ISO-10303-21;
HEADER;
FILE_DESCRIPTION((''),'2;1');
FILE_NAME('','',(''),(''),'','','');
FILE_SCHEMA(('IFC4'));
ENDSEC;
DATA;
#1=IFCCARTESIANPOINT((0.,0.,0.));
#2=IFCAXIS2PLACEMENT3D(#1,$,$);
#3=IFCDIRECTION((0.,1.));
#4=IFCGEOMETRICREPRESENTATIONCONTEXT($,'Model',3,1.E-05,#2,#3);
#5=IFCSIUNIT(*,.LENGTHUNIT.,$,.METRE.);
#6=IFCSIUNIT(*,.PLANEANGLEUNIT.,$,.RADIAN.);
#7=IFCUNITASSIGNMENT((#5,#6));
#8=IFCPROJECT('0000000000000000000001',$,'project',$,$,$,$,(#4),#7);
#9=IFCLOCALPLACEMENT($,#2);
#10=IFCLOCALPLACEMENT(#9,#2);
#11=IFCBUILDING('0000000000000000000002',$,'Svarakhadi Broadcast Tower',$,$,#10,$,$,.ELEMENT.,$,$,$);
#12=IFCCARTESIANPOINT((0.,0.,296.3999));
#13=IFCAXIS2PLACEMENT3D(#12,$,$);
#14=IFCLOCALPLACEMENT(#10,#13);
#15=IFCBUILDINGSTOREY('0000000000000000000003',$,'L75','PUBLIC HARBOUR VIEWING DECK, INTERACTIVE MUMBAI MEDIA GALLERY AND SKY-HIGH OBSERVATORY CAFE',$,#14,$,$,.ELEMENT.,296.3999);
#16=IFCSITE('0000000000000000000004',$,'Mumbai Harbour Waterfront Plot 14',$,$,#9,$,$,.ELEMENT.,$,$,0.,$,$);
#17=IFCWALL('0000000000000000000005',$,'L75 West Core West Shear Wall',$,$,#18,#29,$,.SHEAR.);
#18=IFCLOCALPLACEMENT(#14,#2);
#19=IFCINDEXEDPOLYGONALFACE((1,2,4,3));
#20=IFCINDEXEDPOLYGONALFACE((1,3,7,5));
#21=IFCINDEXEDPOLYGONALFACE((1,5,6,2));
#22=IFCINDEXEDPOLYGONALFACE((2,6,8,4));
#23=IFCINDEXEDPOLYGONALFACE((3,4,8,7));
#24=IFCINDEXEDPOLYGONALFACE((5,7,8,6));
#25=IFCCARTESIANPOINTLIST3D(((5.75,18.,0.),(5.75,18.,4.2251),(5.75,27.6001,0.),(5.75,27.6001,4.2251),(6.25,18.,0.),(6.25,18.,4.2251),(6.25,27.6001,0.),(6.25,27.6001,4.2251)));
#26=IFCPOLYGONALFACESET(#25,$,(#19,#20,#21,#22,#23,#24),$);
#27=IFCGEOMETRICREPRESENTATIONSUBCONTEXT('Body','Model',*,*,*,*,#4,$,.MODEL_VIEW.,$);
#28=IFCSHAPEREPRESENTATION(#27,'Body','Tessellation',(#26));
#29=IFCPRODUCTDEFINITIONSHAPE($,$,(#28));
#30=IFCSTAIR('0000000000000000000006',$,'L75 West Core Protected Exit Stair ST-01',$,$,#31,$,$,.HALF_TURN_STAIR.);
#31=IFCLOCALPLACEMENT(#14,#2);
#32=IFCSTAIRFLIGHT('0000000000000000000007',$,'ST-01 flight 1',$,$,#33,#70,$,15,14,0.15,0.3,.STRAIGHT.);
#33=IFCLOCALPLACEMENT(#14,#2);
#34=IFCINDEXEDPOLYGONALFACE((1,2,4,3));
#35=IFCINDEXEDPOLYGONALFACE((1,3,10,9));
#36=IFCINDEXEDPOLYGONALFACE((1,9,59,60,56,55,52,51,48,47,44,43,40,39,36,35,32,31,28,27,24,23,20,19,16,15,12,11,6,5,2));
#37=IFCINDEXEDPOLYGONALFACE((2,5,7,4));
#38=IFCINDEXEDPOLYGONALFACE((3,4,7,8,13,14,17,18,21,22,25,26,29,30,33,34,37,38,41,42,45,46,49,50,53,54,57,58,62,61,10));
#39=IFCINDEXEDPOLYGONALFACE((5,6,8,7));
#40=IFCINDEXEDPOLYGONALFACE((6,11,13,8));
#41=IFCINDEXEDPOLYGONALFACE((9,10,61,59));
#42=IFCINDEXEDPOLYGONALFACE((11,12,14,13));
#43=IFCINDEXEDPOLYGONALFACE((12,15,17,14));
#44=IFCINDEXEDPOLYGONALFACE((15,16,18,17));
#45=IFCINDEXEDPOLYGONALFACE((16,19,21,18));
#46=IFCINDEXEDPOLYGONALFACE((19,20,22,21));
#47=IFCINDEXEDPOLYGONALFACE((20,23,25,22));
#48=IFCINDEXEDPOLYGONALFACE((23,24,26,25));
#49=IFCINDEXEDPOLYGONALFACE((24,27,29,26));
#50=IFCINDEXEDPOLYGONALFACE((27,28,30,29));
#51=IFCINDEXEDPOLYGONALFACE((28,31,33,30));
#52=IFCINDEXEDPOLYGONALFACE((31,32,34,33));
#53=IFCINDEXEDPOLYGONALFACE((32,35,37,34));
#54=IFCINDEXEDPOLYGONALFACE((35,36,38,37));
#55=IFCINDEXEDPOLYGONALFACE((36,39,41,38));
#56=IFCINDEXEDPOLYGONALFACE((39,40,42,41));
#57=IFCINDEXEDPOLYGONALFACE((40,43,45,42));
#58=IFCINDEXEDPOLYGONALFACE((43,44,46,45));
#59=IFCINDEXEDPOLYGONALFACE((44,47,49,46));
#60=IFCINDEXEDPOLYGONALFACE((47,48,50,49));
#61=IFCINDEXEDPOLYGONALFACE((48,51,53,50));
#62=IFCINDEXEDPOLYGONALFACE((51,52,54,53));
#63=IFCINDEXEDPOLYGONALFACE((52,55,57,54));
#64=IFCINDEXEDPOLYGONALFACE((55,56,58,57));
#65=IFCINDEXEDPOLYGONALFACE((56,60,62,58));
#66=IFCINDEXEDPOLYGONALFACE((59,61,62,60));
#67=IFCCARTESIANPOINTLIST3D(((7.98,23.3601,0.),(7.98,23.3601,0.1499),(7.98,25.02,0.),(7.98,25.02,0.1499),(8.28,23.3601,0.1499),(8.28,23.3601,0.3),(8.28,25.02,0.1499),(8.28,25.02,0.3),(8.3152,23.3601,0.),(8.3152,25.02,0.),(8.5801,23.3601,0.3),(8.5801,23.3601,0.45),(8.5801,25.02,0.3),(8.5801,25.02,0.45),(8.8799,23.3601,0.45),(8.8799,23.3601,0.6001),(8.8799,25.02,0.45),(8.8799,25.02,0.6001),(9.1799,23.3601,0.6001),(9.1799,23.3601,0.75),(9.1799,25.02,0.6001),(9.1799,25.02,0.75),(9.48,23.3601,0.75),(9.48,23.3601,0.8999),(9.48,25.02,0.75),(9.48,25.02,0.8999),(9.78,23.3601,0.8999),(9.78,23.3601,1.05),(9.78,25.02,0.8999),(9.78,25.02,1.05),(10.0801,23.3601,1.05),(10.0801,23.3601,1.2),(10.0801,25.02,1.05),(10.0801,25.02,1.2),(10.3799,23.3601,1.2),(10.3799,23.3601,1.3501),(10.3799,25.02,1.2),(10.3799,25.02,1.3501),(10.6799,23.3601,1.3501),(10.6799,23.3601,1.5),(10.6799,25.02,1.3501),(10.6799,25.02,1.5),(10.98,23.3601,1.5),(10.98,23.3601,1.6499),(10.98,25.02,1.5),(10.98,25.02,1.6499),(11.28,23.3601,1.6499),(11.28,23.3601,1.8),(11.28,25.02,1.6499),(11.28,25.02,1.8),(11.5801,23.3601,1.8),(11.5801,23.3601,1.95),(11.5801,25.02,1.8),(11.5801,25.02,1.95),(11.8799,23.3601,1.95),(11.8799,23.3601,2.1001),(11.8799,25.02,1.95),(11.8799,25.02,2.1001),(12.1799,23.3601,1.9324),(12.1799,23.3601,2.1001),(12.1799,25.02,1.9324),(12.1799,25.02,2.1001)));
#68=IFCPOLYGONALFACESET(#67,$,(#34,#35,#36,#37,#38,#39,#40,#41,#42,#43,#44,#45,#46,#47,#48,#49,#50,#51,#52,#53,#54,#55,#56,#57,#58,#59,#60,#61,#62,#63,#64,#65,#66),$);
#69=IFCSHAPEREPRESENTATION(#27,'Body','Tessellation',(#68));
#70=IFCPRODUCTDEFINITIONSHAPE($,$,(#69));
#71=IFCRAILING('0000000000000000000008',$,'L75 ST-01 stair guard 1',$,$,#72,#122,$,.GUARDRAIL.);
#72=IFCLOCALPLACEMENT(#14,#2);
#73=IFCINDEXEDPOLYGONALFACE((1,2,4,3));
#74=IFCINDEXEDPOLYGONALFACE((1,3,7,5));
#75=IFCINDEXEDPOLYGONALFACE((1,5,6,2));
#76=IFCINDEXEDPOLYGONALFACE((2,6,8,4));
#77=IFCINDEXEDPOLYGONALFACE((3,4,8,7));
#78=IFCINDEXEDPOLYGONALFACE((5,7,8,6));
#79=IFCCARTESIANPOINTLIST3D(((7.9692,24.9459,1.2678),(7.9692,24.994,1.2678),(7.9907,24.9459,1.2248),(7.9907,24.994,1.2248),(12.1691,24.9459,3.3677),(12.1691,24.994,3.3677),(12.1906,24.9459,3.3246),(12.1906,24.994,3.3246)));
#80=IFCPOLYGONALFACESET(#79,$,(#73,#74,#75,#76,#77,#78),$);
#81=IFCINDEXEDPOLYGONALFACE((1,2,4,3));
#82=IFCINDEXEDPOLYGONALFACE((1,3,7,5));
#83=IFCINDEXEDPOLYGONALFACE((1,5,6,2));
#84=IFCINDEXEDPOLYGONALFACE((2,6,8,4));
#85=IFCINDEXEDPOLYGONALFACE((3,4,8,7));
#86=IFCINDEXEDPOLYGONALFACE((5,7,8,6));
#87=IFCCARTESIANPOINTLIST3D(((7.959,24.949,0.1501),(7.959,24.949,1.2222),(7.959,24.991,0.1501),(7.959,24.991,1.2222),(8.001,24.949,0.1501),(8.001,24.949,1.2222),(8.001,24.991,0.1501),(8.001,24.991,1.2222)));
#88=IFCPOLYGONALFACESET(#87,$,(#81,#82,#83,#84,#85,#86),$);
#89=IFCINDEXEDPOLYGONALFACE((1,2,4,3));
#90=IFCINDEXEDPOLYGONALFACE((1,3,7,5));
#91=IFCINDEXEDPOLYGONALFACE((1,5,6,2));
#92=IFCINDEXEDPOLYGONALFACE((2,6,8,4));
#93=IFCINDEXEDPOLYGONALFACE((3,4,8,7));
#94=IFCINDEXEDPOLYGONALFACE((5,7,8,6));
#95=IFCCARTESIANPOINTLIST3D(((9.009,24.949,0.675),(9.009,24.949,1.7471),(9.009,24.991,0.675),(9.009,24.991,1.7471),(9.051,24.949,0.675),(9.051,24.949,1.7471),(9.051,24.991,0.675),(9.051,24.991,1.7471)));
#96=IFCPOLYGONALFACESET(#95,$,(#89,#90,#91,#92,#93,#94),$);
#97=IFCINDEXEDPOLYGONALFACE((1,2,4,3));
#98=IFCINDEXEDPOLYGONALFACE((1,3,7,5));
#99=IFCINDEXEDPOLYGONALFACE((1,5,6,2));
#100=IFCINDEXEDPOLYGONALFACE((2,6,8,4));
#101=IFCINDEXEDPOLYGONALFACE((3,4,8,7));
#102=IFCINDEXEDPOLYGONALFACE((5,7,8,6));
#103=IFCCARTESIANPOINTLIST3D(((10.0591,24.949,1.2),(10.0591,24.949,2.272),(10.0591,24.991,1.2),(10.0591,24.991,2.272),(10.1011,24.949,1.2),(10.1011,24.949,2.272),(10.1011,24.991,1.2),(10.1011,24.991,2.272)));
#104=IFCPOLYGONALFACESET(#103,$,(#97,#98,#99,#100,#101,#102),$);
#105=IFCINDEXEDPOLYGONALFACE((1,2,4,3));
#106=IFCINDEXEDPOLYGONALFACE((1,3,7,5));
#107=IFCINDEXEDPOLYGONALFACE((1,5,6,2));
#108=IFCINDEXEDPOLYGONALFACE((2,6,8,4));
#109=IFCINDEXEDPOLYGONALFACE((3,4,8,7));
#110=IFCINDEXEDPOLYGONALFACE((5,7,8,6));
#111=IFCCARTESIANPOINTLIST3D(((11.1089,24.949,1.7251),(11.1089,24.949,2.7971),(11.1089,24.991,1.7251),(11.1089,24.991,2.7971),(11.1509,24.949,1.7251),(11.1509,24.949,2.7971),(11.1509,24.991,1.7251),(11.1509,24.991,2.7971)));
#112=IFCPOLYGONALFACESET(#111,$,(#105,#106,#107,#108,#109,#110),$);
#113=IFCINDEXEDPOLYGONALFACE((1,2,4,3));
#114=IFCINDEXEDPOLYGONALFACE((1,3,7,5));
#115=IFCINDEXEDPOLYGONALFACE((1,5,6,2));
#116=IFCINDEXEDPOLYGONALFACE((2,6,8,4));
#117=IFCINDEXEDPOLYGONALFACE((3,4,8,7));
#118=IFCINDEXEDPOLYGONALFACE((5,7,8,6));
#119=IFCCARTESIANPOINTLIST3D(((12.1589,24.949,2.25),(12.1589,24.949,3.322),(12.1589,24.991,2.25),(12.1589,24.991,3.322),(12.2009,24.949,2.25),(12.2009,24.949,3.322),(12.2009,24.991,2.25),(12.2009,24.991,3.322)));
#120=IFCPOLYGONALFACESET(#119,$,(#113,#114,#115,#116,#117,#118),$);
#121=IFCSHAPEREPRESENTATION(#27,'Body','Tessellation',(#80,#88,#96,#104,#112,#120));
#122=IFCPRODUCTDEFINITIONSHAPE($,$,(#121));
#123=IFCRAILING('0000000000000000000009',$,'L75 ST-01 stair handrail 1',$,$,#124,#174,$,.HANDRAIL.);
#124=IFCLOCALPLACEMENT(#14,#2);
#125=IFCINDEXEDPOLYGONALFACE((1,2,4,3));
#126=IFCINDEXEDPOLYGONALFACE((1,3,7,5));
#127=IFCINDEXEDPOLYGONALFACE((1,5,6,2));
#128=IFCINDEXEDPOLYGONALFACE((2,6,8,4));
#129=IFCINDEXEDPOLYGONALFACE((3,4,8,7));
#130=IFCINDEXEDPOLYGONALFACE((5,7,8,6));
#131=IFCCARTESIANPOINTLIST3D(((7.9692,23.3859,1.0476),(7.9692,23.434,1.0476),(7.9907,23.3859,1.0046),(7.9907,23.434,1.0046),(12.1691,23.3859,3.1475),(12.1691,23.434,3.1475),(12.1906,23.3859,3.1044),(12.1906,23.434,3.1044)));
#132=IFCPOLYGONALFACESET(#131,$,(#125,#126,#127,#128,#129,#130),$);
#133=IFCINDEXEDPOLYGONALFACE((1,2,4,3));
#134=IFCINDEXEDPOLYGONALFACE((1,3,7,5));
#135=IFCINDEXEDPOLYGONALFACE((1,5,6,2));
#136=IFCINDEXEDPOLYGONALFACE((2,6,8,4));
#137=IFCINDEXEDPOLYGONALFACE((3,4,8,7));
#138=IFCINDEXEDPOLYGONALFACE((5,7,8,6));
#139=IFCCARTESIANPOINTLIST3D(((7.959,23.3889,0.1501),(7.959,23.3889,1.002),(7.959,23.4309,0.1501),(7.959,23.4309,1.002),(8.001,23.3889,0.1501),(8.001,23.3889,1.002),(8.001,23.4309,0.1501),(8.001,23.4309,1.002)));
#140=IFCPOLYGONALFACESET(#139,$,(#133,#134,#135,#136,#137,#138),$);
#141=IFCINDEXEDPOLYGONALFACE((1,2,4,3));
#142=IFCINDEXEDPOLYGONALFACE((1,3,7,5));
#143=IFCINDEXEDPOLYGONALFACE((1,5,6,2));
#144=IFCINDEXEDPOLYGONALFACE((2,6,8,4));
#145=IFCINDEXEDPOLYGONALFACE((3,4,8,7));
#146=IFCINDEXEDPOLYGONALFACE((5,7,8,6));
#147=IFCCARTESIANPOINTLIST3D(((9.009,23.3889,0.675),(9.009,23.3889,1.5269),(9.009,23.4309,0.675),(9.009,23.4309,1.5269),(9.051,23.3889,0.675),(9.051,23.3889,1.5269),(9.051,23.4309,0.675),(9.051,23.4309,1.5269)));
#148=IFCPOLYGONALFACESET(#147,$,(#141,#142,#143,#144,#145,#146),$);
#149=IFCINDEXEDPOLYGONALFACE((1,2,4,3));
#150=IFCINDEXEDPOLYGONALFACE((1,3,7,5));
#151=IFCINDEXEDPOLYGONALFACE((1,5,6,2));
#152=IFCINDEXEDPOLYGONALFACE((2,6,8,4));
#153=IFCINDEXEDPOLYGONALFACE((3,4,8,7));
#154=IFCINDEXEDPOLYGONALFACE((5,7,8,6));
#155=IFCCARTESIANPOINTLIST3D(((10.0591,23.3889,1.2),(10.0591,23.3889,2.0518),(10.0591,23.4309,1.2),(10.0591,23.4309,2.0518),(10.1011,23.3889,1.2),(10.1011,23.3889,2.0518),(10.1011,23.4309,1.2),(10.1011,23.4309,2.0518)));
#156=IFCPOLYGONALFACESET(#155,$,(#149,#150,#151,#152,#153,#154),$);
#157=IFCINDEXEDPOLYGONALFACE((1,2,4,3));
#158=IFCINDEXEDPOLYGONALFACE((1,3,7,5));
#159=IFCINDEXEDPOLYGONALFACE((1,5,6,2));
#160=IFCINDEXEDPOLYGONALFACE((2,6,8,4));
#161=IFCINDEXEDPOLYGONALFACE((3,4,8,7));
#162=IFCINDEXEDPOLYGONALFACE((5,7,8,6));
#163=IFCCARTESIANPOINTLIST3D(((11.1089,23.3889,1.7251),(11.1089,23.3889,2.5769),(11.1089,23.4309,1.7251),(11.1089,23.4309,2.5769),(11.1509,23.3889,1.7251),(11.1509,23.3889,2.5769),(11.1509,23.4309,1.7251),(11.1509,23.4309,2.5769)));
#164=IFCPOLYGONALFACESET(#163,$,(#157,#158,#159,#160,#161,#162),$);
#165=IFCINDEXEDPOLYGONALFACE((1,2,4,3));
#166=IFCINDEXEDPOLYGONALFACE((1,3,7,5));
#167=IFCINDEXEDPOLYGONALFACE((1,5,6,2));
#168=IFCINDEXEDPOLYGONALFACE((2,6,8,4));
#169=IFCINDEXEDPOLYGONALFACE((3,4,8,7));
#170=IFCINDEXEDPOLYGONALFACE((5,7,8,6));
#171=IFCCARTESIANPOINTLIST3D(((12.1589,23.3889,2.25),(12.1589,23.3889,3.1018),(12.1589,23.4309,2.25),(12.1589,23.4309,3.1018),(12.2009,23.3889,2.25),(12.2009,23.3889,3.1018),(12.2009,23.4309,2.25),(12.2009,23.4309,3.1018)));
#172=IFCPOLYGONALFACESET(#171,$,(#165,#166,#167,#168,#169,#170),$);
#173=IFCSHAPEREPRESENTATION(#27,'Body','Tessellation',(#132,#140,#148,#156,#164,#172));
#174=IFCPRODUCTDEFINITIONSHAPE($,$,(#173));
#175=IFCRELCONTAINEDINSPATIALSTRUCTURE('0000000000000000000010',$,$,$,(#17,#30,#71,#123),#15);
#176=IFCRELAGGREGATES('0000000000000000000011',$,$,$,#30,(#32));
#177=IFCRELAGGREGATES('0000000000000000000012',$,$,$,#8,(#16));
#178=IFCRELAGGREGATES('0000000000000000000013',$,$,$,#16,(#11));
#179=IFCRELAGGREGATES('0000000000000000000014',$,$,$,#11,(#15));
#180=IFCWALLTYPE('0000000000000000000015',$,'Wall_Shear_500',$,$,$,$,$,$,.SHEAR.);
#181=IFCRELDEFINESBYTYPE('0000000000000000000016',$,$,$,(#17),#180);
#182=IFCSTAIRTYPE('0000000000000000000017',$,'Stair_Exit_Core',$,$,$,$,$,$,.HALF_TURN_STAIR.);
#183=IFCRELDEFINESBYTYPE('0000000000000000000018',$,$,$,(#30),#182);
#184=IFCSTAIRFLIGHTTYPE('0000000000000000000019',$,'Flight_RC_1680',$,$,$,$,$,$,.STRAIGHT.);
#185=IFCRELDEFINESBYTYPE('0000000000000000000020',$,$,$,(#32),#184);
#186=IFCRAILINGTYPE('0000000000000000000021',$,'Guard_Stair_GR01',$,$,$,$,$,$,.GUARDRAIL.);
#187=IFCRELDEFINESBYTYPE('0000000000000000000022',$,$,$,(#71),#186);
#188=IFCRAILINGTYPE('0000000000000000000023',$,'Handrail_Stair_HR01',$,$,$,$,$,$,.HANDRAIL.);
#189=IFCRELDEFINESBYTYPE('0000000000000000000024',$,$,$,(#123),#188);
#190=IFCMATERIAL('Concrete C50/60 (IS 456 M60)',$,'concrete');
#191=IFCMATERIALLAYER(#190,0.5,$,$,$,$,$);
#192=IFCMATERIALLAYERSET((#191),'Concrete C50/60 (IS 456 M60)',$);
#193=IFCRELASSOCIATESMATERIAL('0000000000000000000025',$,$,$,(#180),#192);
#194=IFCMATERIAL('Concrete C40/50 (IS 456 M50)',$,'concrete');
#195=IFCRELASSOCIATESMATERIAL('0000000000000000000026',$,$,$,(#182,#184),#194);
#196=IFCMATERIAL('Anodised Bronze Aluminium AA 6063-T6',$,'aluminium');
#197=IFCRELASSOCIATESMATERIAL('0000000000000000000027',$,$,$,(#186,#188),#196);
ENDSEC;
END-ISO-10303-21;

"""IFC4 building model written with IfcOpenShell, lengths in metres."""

from ifc_helpers import new_model, si_unit, direction, frame, frame_2d, origin, origin_2d, place, context, subcontext, project, spatial, polyline, rectangle, outline, extrude, material, layer, layer_set, type_object, element, aggregate, save


model = new_model("IFC4")

# Units and contexts
model_context = context("Model", 3, precision=1e-05, world=origin(), true_north=direction((0.0, 1.0)))
body_context = subcontext(model_context, "Body", "Model", "MODEL_VIEW")
ifc_project = project(units=[si_unit("LENGTHUNIT", "METRE"), si_unit("PLANEANGLEUNIT", "RADIAN")], contexts=[model_context])

# Site, building, storey
site_placement = place(None, origin())
site = spatial("IfcSite", under=ifc_project, at=site_placement, Name="Mumbai Harbour Waterfront Plot 14", CompositionType="ELEMENT", RefElevation=0.0)
building_placement = place(site_placement, origin())
building = spatial("IfcBuilding", under=site, at=building_placement, Name="Svarakhadi Broadcast Tower", CompositionType="ELEMENT")
storey_placement = place(building_placement, frame((0.0, 0.0, 296.3999)))
storey = spatial("IfcBuildingStorey", under=building, at=storey_placement, Name="L75", Description="PUBLIC HARBOUR VIEWING DECK, INTERACTIVE MUMBAI MEDIA GALLERY AND SKY-HIGH OBSERVATORY CAFE", CompositionType="ELEMENT", Elevation=296.3999)

# Shared definitions
ifc_material_1 = material(Name="Concrete C50/60 (IS 456 M60)", Category="concrete")

# Shared definitions
ifc_material_2 = material(Name="Concrete C40/50 (IS 456 M50)", Category="concrete")

# Shared definitions
ifc_layer_1 = layer(ifc_material_1, 0.5)
ifc_layer_set_1 = layer_set([ifc_layer_1], Name="Concrete C50/60 (IS 456 M60)")
wall_type_1 = type_object("IfcWallType", Name="Wall_Shear_500", PredefinedType="SHEAR", material=ifc_layer_set_1)
ifc_material_3 = material(Name="Anodised Bronze Aluminium AA 6063-T6", Category="aluminium")

# Wall
wall_1_placement = place(storey_placement, frame((6.0, 18.0, 0.0), z_axis=(0.0, 0.0, 1.0), x_axis=(0.0, 1.0, 0.0)))
element("IfcWall", 1, at=wall_1_placement, inside=storey, type_object=wall_type_1, Name="L75 West Core West Shear Wall", PredefinedType="SHEAR", context=body_context, shape_type="SweptSolid", body=[
    extrude(rectangle(XDim=9.6001, YDim=0.5, at=frame_2d((4.8, 0.0))), origin(), (0.0, 0.0, 1.0), 4.2251),
])

# Stair, stair flight
stair_type = type_object("IfcStairType", Name="Stair_Exit_Core", PredefinedType="HALF_TURN_STAIR", material=ifc_material_2)
stair_placement = place(storey_placement, origin())
stair = element("IfcStair", 2, at=stair_placement, inside=storey, type_object=stair_type, Name="L75 West Core Protected Exit Stair ST-01", PredefinedType="HALF_TURN_STAIR")
stair_flight_type = type_object("IfcStairFlightType", Name="Flight_RC_1680", PredefinedType="STRAIGHT", material=ifc_material_2)
stair_flight_placement = place(storey_placement, frame((7.98, 24.1899, 0.0), z_axis=(0.0, 0.0, 1.0), x_axis=(1.0, 0.0, 0.0)))
stair_flight = element("IfcStairFlight", 3, at=stair_flight_placement, type_object=stair_flight_type, Name="ST-01 flight 1", NumberOfRisers=15, NumberOfTreads=14, PredefinedType="STRAIGHT", RiserHeight=0.15, TreadLength=0.3, context=body_context, shape_type="SweptSolid", body=[
    extrude(outline(polyline([(0.0, 0.0), (0.0, 0.1499), (0.3, 0.1499), (0.3, 0.3), (0.6001, 0.3), (0.6001, 0.45), (0.8999, 0.45), (0.8999, 0.6001), (1.2, 0.6001), (1.2, 0.75), (1.5, 0.75), (1.5, 0.8999), (1.8, 0.8999), (1.8, 1.05), (2.1001, 1.05), (2.1001, 1.2), (2.3999, 1.2), (2.3999, 1.3501), (2.7, 1.3501), (2.7, 1.5), (3.0, 1.5), (3.0, 1.6499), (3.3, 1.6499), (3.3, 1.8), (3.6001, 1.8), (3.6001, 1.95), (3.8999, 1.95), (3.8999, 2.1001), (4.2, 2.1001), (4.2, 2.25), (4.2, 1.9324), (0.3352, 0.0), (0.0, 0.0)])), frame((0.0, 0.8301, 0.0), z_axis=(0.0, -1.0, 0.0), x_axis=(1.0, 0.0, 0.0)), (0.0, 0.0, 1.0), 1.6599),
])
aggregate(stair, [stair_flight])

# Railings
railing_type_1 = type_object("IfcRailingType", Name="Guard_Stair_GR01", PredefinedType="GUARDRAIL", material=ifc_material_3)
railing_1_placement = place(storey_placement, frame((7.98, 24.97, 0.1501)))
element("IfcRailing", 4, at=railing_1_placement, inside=storey, type_object=railing_type_1, Name="L75 ST-01 stair guard 1", PredefinedType="GUARDRAIL", context=body_context, shape_type="SweptSolid", body=[
    extrude(rectangle(XDim=0.0481, YDim=0.0481, at=origin_2d()), frame((0.0, 0.0, 1.0962), z_axis=(0.894438, 0.0, 0.447193), x_axis=(0.0, 1.0, 0.0)), (0.0, 0.0, 1.0), 4.6956),
    extrude(rectangle(XDim=0.042, YDim=0.042, at=origin_2d()), origin(), (0.0, 0.0, 1.0), 1.072),
    extrude(rectangle(XDim=0.042, YDim=0.042, at=origin_2d()), frame((1.05, 0.0, 0.5249)), (0.0, 0.0, 1.0), 1.072),
    extrude(rectangle(XDim=0.042, YDim=0.042, at=origin_2d()), frame((2.1001, 0.0, 1.0498)), (0.0, 0.0, 1.0), 1.072),
    extrude(rectangle(XDim=0.042, YDim=0.042, at=origin_2d()), frame((3.1499, 0.0, 1.575)), (0.0, 0.0, 1.0), 1.072),
    extrude(rectangle(XDim=0.042, YDim=0.042, at=origin_2d()), frame((4.2, 0.0, 2.0999)), (0.0, 0.0, 1.0), 1.072),
])
railing_type_2 = type_object("IfcRailingType", Name="Handrail_Stair_HR01", PredefinedType="HANDRAIL", material=ifc_material_3)
railing_2_placement = place(storey_placement, frame((7.98, 23.4099, 0.1501)))
element("IfcRailing", 5, at=railing_2_placement, inside=storey, type_object=railing_type_2, Name="L75 ST-01 stair handrail 1", PredefinedType="HANDRAIL", context=body_context, shape_type="SweptSolid", body=[
    extrude(rectangle(XDim=0.0481, YDim=0.0481, at=origin_2d()), frame((0.0, 0.0, 0.876), z_axis=(0.894438, 0.0, 0.447193), x_axis=(0.0, 1.0, 0.0)), (0.0, 0.0, 1.0), 4.6956),
    extrude(rectangle(XDim=0.042, YDim=0.042, at=origin_2d()), origin(), (0.0, 0.0, 1.0), 0.8518),
    extrude(rectangle(XDim=0.042, YDim=0.042, at=origin_2d()), frame((1.05, 0.0, 0.5249)), (0.0, 0.0, 1.0), 0.8518),
    extrude(rectangle(XDim=0.042, YDim=0.042, at=origin_2d()), frame((2.1001, 0.0, 1.0498)), (0.0, 0.0, 1.0), 0.8518),
    extrude(rectangle(XDim=0.042, YDim=0.042, at=origin_2d()), frame((3.1499, 0.0, 1.575)), (0.0, 0.0, 1.0), 0.8518),
    extrude(rectangle(XDim=0.042, YDim=0.042, at=origin_2d()), frame((4.2, 0.0, 2.0999)), (0.0, 0.0, 1.0), 0.8518),
])

save(model, "model.ifc")
